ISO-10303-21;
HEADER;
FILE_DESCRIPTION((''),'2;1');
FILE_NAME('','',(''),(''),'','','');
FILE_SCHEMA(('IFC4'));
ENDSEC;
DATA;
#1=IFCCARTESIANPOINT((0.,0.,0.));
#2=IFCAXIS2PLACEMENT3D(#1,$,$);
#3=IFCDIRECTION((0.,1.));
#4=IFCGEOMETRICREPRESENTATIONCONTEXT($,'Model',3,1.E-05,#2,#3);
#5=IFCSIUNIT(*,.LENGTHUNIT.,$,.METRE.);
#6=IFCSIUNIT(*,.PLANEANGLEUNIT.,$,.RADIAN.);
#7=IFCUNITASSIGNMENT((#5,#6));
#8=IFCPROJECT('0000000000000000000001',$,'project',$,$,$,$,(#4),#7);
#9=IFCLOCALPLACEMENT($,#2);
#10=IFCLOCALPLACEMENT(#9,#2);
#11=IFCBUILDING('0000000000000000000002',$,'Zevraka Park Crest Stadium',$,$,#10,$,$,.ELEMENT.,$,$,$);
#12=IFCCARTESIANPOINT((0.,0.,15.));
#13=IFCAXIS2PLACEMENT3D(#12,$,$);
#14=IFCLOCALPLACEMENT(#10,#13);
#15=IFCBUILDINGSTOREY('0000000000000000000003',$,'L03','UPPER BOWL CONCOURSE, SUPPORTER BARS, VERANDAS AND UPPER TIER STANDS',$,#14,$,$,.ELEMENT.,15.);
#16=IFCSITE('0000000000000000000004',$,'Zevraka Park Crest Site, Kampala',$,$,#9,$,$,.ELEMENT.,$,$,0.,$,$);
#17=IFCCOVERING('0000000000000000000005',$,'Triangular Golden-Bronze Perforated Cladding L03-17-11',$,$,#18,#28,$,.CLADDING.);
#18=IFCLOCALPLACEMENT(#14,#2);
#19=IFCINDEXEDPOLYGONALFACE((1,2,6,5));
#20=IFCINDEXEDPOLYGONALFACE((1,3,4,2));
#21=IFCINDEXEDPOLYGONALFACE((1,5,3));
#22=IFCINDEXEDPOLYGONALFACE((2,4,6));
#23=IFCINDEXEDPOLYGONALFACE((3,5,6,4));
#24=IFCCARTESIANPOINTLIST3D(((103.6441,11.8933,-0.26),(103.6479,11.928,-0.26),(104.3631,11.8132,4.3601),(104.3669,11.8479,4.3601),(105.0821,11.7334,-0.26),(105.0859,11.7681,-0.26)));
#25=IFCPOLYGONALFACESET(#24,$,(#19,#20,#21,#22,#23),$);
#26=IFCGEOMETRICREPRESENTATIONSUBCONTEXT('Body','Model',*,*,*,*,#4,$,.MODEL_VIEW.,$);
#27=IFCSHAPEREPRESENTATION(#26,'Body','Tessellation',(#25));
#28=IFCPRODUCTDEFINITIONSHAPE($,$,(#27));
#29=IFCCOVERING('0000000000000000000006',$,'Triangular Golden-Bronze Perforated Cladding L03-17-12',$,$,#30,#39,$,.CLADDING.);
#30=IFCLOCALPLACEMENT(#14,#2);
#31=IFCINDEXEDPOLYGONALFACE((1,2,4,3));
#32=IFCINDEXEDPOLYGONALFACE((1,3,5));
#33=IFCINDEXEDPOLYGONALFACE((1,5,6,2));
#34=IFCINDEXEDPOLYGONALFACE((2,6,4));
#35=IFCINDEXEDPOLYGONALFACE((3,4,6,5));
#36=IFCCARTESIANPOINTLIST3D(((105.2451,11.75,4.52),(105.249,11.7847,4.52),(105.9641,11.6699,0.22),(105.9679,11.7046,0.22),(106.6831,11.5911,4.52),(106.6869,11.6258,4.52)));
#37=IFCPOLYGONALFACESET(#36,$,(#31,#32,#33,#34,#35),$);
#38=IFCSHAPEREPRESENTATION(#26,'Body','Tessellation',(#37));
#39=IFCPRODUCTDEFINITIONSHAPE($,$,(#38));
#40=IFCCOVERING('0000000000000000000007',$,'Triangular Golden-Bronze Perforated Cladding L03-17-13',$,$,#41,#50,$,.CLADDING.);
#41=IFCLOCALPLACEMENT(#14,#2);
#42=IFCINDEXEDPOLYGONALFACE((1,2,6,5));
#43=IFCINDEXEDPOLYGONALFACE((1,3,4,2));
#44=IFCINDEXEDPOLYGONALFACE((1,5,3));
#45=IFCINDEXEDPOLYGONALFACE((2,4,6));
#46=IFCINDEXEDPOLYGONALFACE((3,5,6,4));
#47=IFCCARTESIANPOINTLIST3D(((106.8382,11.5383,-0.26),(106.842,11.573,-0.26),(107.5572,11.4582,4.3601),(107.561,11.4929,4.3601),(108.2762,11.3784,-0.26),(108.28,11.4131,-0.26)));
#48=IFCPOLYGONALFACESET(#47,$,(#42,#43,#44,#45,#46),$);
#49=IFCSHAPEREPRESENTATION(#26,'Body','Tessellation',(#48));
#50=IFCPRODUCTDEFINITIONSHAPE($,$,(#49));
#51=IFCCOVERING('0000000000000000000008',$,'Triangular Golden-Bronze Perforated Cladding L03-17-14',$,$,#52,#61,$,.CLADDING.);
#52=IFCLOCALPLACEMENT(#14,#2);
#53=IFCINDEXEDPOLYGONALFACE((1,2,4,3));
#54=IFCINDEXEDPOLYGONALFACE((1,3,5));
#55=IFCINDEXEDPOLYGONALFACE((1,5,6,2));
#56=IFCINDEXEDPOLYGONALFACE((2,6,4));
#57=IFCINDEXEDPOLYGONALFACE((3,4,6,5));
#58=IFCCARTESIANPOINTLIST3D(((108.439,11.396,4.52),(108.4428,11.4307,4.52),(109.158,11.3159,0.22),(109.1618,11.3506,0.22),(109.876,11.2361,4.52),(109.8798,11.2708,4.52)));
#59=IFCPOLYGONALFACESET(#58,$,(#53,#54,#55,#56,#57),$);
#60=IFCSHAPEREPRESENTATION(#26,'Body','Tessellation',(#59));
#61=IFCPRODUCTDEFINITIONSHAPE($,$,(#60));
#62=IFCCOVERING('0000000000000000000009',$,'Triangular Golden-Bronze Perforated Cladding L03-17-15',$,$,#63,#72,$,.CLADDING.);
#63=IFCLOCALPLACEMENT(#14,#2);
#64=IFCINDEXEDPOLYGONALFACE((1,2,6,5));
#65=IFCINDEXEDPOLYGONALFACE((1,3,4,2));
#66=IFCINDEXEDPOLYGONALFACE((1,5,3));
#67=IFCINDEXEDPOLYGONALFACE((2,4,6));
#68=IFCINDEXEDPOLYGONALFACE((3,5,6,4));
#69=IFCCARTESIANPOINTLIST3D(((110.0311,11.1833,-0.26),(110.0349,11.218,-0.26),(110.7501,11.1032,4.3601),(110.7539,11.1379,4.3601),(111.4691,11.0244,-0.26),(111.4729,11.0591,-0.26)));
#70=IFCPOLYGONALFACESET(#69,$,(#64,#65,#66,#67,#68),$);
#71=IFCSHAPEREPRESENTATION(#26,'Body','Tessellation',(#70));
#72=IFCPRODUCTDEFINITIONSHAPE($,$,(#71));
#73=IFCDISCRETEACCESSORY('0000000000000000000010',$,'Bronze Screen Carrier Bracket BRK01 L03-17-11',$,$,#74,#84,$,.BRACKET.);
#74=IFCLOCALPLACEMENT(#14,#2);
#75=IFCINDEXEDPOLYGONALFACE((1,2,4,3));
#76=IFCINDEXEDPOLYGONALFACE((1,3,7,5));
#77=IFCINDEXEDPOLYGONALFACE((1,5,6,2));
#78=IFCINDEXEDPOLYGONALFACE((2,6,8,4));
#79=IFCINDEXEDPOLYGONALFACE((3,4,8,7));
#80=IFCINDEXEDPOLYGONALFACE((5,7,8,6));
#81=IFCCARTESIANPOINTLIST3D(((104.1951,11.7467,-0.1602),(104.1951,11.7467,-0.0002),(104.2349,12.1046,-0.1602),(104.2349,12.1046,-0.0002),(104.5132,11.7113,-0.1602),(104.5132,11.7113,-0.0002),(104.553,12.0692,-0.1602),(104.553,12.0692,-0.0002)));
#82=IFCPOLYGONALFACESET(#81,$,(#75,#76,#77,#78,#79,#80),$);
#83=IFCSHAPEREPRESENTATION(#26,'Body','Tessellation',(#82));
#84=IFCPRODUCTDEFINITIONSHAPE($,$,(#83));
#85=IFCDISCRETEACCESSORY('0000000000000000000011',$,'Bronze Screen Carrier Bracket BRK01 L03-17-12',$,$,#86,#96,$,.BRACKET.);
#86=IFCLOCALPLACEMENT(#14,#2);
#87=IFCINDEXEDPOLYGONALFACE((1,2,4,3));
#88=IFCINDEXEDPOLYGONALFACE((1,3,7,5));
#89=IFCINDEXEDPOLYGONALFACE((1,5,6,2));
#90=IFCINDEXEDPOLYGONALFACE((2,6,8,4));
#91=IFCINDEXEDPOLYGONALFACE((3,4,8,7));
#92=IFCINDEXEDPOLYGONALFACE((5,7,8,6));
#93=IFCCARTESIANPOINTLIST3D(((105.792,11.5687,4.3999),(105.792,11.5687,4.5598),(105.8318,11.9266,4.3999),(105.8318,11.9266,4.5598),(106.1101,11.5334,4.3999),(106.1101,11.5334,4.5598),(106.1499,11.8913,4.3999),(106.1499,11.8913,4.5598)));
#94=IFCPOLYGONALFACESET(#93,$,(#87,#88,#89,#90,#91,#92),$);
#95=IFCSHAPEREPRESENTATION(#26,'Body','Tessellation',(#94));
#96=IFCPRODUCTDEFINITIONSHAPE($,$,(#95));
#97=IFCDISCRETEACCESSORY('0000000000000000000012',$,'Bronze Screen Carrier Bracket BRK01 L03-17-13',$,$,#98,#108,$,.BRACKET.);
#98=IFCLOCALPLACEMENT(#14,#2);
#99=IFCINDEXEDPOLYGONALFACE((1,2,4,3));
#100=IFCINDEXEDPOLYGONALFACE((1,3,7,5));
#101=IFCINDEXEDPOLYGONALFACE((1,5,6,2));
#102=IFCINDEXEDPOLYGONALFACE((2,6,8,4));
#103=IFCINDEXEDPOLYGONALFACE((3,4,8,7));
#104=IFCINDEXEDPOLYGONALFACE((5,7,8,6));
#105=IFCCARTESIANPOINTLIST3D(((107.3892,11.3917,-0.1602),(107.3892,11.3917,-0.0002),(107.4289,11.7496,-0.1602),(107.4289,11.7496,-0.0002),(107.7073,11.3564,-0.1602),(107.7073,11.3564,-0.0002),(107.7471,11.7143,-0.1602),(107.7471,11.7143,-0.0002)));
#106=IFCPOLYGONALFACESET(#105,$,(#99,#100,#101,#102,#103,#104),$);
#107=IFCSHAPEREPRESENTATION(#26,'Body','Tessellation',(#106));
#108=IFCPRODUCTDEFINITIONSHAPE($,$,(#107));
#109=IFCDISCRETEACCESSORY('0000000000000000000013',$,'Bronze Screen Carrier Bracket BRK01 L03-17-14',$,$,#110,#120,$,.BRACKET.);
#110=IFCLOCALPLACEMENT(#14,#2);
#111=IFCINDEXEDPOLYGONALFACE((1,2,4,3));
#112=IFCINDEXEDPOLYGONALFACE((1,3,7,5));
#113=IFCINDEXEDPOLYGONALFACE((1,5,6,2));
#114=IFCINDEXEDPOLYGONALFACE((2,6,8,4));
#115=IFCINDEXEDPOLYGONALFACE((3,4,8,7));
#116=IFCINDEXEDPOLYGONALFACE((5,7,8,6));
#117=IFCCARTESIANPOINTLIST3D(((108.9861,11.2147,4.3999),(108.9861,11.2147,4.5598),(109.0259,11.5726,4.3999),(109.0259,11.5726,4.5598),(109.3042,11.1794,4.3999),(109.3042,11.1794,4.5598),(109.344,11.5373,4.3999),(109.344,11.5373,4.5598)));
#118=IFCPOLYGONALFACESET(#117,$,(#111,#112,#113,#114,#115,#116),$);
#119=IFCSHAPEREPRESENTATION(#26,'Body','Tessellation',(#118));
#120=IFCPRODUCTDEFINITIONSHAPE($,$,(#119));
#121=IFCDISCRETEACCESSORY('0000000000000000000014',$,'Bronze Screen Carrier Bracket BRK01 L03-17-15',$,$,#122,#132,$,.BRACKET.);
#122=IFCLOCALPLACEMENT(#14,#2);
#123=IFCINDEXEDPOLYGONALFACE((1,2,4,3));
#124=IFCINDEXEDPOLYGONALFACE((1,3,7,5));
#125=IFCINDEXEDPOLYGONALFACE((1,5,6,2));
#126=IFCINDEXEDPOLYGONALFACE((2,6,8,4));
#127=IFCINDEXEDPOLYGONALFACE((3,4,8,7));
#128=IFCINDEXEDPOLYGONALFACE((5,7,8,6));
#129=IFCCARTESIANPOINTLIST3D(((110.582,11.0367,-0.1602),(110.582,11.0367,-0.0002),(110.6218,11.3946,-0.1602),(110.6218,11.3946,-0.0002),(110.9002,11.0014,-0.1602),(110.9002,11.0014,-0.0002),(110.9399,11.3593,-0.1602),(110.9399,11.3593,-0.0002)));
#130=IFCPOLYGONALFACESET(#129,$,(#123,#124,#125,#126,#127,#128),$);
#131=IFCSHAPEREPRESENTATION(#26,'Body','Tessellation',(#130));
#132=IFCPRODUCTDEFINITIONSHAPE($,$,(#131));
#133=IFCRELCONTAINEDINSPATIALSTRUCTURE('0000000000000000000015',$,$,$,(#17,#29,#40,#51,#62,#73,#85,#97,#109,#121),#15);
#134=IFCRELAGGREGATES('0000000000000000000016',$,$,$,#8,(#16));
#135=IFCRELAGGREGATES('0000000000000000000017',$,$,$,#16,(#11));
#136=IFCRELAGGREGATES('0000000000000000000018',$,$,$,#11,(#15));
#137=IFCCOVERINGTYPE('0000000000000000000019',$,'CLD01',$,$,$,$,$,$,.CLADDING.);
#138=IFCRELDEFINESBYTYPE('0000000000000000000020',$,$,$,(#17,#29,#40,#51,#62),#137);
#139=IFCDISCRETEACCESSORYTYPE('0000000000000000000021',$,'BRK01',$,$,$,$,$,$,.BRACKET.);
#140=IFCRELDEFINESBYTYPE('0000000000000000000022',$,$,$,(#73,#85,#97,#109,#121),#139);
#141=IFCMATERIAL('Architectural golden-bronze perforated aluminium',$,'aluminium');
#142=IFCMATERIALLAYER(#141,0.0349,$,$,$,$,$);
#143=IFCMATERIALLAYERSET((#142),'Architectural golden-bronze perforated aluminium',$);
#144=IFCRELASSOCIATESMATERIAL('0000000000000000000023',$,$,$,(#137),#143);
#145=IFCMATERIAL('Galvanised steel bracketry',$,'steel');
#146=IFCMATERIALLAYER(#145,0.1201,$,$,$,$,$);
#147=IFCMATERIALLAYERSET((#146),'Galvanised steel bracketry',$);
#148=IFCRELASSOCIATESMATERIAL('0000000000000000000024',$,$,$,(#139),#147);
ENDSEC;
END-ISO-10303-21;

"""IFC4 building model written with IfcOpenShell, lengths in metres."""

from ifc_helpers import new_model, si_unit, direction, frame, origin, origin_2d, place, context, subcontext, project, spatial, polyline, rectangle, outline, extrude, material, layer, layer_set, type_object, element, save


model = new_model("IFC4")

# Units and contexts
model_context = context("Model", 3, precision=1e-05, world=origin(), true_north=direction((0.0, 1.0)))
body_context = subcontext(model_context, "Body", "Model", "MODEL_VIEW")
ifc_project = project(units=[si_unit("LENGTHUNIT", "METRE"), si_unit("PLANEANGLEUNIT", "RADIAN")], contexts=[model_context])

# Site, building, storey
site_placement = place(None, origin())
site = spatial("IfcSite", under=ifc_project, at=site_placement, Name="Zevraka Park Crest Site, Kampala", CompositionType="ELEMENT", RefElevation=0.0)
building_placement = place(site_placement, origin())
building = spatial("IfcBuilding", under=site, at=building_placement, Name="Zevraka Park Crest Stadium", CompositionType="ELEMENT")
storey_placement = place(building_placement, frame((0.0, 0.0, 15.0)))
storey = spatial("IfcBuildingStorey", under=building, at=storey_placement, Name="L03", Description="UPPER BOWL CONCOURSE, SUPPORTER BARS, VERANDAS AND UPPER TIER STANDS", CompositionType="ELEMENT", Elevation=15.0)

# Coverings
ifc_material_1 = material(Name="Architectural golden-bronze perforated aluminium", Category="aluminium")
ifc_layer_1 = layer(ifc_material_1, 0.0349)
ifc_layer_set_1 = layer_set([ifc_layer_1], Name="Architectural golden-bronze perforated aluminium")
covering_type = type_object("IfcCoveringType", Name="CLD01", PredefinedType="CLADDING", material=ifc_layer_set_1)
covering_1_placement = place(storey_placement, frame((103.6479, 11.928, -0.26), z_axis=(0.110524, 0.993873, 0.000026), x_axis=(0.993873, -0.110524, 0.0)))
element("IfcCovering", 1, at=covering_1_placement, inside=storey, type_object=covering_type, Name="Triangular Golden-Bronze Perforated Cladding L03-17-11", PredefinedType="CLADDING", context=body_context, shape_type="SweptSolid", body=[
    extrude(outline(polyline([(0.0, 0.0), (1.4469, 0.0), (0.7234, -4.6201), (0.0, 0.0)])), origin(), (0.0, 0.0, -1.0), 0.0349),
])
covering_2_placement = place(storey_placement, frame((106.6831, 11.5911, 4.52), z_axis=(-0.109857, -0.993947, 0.000141), x_axis=(-0.993947, 0.109857, 0.0)))
element("IfcCovering", 2, at=covering_2_placement, inside=storey, type_object=covering_type, Name="Triangular Golden-Bronze Perforated Cladding L03-17-12", PredefinedType="CLADDING", context=body_context, shape_type="SweptSolid", body=[
    extrude(outline(polyline([(0.0, 0.0), (1.4467, 0.0), (0.7233, 4.3), (0.0, 0.0)])), origin(), (0.0, 0.0, -1.0), 0.0349),
])
covering_3_placement = place(storey_placement, frame((106.842, 11.573, -0.26), z_axis=(0.110524, 0.993873, 0.000026), x_axis=(0.993873, -0.110524, 0.0)))
element("IfcCovering", 3, at=covering_3_placement, inside=storey, type_object=covering_type, Name="Triangular Golden-Bronze Perforated Cladding L03-17-13", PredefinedType="CLADDING", context=body_context, shape_type="SweptSolid", body=[
    extrude(outline(polyline([(0.0, 0.0), (1.4469, 0.0), (0.7234, -4.6201), (0.0, 0.0)])), origin(), (0.0, 0.0, -1.0), 0.0349),
])
covering_4_placement = place(storey_placement, frame((109.876, 11.2361, 4.52), z_axis=(-0.110598, -0.993865, 0.000016), x_axis=(-0.993865, 0.110598, 0.0)))
element("IfcCovering", 4, at=covering_4_placement, inside=storey, type_object=covering_type, Name="Triangular Golden-Bronze Perforated Cladding L03-17-14", PredefinedType="CLADDING", context=body_context, shape_type="SweptSolid", body=[
    extrude(outline(polyline([(0.0, 0.0), (1.4459, 0.0), (0.7224, 4.3), (0.0, 0.0)])), origin(), (0.0, 0.0, -1.0), 0.0349),
])
covering_5_placement = place(storey_placement, frame((110.0349, 11.218, -0.26), z_axis=(0.109857, 0.993947, 0.000131), x_axis=(0.993947, -0.109857, 0.0)))
element("IfcCovering", 5, at=covering_5_placement, inside=storey, type_object=covering_type, Name="Triangular Golden-Bronze Perforated Cladding L03-17-15", PredefinedType="CLADDING", context=body_context, shape_type="SweptSolid", body=[
    extrude(outline(polyline([(0.0, 0.0), (1.4467, 0.0), (0.7234, -4.6201), (0.0, 0.0)])), origin(), (0.0, 0.0, -1.0), 0.0349),
])

# Discrete accessories
ifc_material_2 = material(Name="Galvanised steel bracketry", Category="steel")
ifc_layer_2 = layer(ifc_material_2, 0.1201)
ifc_layer_set_2 = layer_set([ifc_layer_2], Name="Galvanised steel bracketry")
discrete_accessory_type = type_object("IfcDiscreteAccessoryType", Name="BRK01", PredefinedType="BRACKET", material=ifc_layer_set_2)
for number, where, z_axis, x_axis, name in (
    (6, (104.374, 11.908, -0.1602), (0.0, 0.0, 1.0), (0.993884, -0.110428, 0.0), "Bronze Screen Carrier Bracket BRK01 L03-17-11"),
    (7, (105.9709, 11.73, 4.3999), (0.0, 0.0, 1.0), (0.993884, -0.110428, 0.0), "Bronze Screen Carrier Bracket BRK01 L03-17-12"),
    (8, (107.5681, 11.553, -0.1602), (0.0, 0.0, 1.0), (0.993884, -0.110428, 0.0), "Bronze Screen Carrier Bracket BRK01 L03-17-13"),
    (9, (109.165, 11.376, 4.3999), (0.0, 0.0, 1.0), (0.993884, -0.110428, 0.0), "Bronze Screen Carrier Bracket BRK01 L03-17-14"),
    (10, (110.761, 11.198, -0.1602), (0.0, 0.0, 1.0), (0.993884, -0.110428, 0.0), "Bronze Screen Carrier Bracket BRK01 L03-17-15"),
):
    element("IfcDiscreteAccessory", number, at=place(storey_placement, frame(where, z_axis=z_axis, x_axis=x_axis)), inside=storey, type_object=discrete_accessory_type, Name=name, PredefinedType="BRACKET", context=body_context, shape_type="SweptSolid", body=[
        extrude(rectangle(XDim=0.3201, YDim=0.3601, at=origin_2d()), origin(), (0.0, 0.0, 1.0), 0.1599),
    ])

save(model, "model.ifc")
